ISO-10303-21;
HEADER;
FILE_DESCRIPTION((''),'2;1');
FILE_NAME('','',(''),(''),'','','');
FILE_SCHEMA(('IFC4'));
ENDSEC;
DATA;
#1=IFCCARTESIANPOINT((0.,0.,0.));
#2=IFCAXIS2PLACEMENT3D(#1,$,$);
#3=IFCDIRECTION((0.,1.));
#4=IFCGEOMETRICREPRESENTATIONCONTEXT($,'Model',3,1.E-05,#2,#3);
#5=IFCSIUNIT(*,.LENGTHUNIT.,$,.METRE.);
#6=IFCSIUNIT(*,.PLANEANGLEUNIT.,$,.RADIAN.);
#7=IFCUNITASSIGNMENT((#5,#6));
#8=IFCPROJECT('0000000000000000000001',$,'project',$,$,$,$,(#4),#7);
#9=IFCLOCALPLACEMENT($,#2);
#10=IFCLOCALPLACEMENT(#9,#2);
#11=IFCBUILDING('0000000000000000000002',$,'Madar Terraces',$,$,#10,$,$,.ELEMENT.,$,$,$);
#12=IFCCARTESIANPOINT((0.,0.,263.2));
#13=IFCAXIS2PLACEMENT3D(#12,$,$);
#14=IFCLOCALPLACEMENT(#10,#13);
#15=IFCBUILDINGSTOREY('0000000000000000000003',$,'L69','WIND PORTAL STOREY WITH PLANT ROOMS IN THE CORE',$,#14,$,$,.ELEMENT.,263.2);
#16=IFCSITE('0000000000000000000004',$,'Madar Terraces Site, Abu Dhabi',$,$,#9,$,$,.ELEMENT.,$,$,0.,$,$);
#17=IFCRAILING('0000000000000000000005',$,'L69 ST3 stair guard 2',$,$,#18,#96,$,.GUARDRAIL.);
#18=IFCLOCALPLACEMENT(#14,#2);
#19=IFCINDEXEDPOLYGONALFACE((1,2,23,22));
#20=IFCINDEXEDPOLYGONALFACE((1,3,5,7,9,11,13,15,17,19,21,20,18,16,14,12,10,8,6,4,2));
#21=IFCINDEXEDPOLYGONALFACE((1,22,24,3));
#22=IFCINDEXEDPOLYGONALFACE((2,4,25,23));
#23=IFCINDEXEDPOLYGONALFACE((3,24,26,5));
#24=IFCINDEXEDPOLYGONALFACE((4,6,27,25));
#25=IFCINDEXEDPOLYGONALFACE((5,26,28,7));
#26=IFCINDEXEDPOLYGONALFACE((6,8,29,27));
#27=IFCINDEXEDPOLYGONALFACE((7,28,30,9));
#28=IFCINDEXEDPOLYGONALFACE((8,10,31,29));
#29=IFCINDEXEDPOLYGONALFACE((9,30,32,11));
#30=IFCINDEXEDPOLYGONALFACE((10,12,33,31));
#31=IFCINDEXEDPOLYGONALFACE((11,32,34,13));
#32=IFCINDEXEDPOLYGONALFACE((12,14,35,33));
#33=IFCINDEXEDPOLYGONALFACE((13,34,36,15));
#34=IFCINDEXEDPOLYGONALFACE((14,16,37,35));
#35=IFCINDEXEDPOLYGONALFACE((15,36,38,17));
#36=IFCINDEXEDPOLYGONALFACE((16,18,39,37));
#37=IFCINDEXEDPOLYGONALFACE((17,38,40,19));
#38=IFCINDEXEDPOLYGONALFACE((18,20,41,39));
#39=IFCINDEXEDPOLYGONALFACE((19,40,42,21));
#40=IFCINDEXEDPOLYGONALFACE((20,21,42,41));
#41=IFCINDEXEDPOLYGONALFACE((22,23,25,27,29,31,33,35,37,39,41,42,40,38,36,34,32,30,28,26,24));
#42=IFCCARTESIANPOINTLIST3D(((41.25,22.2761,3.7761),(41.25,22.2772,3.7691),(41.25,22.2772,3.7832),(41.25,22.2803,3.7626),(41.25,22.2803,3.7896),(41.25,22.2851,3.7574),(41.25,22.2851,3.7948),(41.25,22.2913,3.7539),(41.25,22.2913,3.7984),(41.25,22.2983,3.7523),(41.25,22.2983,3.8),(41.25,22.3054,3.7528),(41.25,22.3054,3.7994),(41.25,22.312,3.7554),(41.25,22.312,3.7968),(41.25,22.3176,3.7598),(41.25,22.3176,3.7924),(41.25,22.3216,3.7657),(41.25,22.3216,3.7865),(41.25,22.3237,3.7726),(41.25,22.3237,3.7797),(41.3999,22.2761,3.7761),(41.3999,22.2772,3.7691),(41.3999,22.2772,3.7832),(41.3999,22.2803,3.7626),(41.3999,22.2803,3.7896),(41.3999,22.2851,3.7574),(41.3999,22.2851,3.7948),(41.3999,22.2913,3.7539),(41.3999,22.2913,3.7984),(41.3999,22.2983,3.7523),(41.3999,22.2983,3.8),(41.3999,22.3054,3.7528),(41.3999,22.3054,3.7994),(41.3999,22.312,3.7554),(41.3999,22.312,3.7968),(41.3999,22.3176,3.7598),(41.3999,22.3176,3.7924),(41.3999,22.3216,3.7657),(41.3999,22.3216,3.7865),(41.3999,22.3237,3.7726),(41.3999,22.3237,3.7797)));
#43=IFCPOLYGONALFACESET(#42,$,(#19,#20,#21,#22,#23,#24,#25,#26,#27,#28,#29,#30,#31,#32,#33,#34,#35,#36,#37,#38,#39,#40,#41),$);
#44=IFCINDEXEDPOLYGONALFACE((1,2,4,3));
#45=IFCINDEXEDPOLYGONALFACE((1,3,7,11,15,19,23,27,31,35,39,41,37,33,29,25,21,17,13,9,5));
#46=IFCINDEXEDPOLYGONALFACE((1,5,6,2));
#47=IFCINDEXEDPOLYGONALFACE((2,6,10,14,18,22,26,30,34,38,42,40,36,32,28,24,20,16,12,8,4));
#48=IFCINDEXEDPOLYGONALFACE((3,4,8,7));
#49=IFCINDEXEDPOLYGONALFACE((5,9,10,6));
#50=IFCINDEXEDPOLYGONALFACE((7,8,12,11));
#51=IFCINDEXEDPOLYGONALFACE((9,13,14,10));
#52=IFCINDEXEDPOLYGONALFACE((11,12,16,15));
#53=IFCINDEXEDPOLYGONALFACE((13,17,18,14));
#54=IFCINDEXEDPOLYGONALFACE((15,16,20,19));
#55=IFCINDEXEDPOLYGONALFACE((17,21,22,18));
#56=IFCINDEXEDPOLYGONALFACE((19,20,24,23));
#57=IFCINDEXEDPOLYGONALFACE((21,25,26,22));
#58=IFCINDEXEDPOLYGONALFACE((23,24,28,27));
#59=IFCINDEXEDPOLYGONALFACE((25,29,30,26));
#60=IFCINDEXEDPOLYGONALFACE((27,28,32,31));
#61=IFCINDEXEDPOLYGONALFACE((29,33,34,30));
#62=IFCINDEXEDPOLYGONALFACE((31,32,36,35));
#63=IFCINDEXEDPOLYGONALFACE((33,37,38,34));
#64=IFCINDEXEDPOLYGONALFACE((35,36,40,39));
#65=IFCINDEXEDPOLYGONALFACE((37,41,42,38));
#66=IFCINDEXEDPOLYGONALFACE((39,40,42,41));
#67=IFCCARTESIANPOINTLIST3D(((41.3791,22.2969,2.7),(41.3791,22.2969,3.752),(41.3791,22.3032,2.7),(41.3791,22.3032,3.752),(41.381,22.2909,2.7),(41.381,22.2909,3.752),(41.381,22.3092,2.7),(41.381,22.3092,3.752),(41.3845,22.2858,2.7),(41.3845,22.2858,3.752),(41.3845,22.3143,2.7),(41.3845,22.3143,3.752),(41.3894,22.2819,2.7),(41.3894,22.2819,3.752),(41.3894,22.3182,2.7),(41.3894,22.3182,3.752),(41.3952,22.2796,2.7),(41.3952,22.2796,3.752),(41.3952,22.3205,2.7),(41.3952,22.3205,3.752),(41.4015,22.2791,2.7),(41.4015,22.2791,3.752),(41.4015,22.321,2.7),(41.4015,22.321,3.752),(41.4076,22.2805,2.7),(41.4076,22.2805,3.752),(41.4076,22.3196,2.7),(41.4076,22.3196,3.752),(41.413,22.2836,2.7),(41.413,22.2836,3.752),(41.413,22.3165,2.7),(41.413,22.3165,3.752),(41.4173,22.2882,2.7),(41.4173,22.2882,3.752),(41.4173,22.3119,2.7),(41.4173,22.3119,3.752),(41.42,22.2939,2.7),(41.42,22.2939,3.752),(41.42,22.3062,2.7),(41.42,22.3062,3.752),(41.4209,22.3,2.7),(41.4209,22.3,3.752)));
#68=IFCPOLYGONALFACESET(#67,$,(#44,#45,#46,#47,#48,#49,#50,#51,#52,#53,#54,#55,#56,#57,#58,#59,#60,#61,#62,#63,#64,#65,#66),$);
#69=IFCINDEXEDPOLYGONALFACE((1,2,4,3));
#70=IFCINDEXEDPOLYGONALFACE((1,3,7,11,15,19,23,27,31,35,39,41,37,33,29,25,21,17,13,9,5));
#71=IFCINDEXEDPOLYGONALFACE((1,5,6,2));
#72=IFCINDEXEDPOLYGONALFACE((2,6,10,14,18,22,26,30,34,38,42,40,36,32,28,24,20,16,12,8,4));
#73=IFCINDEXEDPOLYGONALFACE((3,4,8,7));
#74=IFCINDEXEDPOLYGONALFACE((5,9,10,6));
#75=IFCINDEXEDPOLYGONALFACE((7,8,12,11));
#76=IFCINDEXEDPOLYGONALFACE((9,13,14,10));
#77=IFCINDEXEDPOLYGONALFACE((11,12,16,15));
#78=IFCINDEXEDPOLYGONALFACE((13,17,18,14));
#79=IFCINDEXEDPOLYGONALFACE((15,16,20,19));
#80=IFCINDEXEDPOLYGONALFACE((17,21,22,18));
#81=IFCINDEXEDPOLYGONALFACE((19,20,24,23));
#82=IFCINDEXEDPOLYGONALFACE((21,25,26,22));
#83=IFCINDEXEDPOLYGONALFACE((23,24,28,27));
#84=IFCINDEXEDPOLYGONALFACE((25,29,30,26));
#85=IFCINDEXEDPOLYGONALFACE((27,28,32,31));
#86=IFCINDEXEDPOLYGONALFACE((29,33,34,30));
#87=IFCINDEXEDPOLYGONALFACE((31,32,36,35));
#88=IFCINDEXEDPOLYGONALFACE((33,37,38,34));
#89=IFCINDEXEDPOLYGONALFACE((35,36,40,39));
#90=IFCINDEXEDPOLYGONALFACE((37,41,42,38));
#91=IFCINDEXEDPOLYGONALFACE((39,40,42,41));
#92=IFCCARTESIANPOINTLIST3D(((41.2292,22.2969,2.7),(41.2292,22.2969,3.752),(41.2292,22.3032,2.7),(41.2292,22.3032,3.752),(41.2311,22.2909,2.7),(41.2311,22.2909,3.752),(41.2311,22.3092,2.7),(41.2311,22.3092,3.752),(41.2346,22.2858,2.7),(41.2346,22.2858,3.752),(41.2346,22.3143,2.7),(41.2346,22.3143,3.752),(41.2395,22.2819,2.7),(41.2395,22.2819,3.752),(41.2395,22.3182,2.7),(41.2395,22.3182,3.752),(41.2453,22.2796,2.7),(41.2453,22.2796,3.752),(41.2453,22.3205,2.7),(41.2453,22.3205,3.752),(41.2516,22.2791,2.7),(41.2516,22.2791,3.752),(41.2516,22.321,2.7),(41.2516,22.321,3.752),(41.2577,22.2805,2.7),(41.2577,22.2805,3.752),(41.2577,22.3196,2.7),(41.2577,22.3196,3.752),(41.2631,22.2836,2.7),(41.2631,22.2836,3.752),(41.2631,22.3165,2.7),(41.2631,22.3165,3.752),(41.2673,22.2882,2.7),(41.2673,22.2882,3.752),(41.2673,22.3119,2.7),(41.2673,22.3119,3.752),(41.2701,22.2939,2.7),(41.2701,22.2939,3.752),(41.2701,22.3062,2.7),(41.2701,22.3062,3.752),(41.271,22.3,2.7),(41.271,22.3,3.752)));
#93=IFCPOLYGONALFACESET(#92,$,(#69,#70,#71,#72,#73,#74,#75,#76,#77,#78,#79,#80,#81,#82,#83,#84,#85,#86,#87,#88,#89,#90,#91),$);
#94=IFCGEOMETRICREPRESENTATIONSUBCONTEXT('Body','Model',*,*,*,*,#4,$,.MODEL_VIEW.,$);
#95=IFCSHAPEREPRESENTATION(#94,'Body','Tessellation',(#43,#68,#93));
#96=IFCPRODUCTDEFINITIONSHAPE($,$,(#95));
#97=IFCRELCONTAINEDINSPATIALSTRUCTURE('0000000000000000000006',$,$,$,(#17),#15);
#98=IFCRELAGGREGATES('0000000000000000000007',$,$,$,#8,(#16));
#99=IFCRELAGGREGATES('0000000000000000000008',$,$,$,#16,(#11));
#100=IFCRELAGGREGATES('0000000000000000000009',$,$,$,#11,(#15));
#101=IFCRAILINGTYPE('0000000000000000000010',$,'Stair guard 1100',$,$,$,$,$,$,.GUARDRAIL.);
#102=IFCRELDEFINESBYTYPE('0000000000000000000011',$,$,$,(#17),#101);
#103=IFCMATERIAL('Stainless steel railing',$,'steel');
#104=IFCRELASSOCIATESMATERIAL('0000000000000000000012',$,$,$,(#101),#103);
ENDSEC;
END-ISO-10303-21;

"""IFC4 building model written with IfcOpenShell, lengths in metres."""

from ifc_helpers import new_model, si_unit, direction, frame, origin, origin_2d, place, context, subcontext, project, spatial, circle, extrude, material, type_object, element, save


model = new_model("IFC4")

# Units and contexts
model_context = context("Model", 3, precision=1e-05, world=origin(), true_north=direction((0.0, 1.0)))
body_context = subcontext(model_context, "Body", "Model", "MODEL_VIEW")
ifc_project = project(units=[si_unit("LENGTHUNIT", "METRE"), si_unit("PLANEANGLEUNIT", "RADIAN")], contexts=[model_context])

# Site, building, storey
site_placement = place(None, origin())
site = spatial("IfcSite", under=ifc_project, at=site_placement, Name="Madar Terraces Site, Abu Dhabi", CompositionType="ELEMENT", RefElevation=0.0)
building_placement = place(site_placement, origin())
building = spatial("IfcBuilding", under=site, at=building_placement, Name="Madar Terraces", CompositionType="ELEMENT")
storey_placement = place(building_placement, frame((0.0, 0.0, 263.2)))
storey = spatial("IfcBuildingStorey", under=building, at=storey_placement, Name="L69", Description="WIND PORTAL STOREY WITH PLANT ROOMS IN THE CORE", CompositionType="ELEMENT", Elevation=263.2)

# Railing
ifc_material_1 = material(Name="Stainless steel railing", Category="steel")
railing_type_1 = type_object("IfcRailingType", Name="Stair guard 1100", PredefinedType="GUARDRAIL", material=ifc_material_1)
railing_1_placement = place(storey_placement, frame((41.3999, 22.3, 2.7)))
element("IfcRailing", 1, at=railing_1_placement, inside=storey, type_object=railing_type_1, Name="L69 ST3 stair guard 2", PredefinedType="GUARDRAIL", context=body_context, shape_type="SweptSolid", body=[
    extrude(circle(Radius=0.0239, at=origin_2d()), frame((0.0, 0.0, 1.0762), z_axis=(-1.0, 0.0, 0.0), x_axis=(0.0, -1.0, 0.0)), (0.0, 0.0, 1.0), 0.1499),
    extrude(circle(Radius=0.021, at=origin_2d()), origin(), (0.0, 0.0, 1.0), 1.052),
    extrude(circle(Radius=0.021, at=origin_2d()), frame((-0.1499, 0.0, 0.0)), (0.0, 0.0, 1.0), 1.052),
])

save(model, "model.ifc")
